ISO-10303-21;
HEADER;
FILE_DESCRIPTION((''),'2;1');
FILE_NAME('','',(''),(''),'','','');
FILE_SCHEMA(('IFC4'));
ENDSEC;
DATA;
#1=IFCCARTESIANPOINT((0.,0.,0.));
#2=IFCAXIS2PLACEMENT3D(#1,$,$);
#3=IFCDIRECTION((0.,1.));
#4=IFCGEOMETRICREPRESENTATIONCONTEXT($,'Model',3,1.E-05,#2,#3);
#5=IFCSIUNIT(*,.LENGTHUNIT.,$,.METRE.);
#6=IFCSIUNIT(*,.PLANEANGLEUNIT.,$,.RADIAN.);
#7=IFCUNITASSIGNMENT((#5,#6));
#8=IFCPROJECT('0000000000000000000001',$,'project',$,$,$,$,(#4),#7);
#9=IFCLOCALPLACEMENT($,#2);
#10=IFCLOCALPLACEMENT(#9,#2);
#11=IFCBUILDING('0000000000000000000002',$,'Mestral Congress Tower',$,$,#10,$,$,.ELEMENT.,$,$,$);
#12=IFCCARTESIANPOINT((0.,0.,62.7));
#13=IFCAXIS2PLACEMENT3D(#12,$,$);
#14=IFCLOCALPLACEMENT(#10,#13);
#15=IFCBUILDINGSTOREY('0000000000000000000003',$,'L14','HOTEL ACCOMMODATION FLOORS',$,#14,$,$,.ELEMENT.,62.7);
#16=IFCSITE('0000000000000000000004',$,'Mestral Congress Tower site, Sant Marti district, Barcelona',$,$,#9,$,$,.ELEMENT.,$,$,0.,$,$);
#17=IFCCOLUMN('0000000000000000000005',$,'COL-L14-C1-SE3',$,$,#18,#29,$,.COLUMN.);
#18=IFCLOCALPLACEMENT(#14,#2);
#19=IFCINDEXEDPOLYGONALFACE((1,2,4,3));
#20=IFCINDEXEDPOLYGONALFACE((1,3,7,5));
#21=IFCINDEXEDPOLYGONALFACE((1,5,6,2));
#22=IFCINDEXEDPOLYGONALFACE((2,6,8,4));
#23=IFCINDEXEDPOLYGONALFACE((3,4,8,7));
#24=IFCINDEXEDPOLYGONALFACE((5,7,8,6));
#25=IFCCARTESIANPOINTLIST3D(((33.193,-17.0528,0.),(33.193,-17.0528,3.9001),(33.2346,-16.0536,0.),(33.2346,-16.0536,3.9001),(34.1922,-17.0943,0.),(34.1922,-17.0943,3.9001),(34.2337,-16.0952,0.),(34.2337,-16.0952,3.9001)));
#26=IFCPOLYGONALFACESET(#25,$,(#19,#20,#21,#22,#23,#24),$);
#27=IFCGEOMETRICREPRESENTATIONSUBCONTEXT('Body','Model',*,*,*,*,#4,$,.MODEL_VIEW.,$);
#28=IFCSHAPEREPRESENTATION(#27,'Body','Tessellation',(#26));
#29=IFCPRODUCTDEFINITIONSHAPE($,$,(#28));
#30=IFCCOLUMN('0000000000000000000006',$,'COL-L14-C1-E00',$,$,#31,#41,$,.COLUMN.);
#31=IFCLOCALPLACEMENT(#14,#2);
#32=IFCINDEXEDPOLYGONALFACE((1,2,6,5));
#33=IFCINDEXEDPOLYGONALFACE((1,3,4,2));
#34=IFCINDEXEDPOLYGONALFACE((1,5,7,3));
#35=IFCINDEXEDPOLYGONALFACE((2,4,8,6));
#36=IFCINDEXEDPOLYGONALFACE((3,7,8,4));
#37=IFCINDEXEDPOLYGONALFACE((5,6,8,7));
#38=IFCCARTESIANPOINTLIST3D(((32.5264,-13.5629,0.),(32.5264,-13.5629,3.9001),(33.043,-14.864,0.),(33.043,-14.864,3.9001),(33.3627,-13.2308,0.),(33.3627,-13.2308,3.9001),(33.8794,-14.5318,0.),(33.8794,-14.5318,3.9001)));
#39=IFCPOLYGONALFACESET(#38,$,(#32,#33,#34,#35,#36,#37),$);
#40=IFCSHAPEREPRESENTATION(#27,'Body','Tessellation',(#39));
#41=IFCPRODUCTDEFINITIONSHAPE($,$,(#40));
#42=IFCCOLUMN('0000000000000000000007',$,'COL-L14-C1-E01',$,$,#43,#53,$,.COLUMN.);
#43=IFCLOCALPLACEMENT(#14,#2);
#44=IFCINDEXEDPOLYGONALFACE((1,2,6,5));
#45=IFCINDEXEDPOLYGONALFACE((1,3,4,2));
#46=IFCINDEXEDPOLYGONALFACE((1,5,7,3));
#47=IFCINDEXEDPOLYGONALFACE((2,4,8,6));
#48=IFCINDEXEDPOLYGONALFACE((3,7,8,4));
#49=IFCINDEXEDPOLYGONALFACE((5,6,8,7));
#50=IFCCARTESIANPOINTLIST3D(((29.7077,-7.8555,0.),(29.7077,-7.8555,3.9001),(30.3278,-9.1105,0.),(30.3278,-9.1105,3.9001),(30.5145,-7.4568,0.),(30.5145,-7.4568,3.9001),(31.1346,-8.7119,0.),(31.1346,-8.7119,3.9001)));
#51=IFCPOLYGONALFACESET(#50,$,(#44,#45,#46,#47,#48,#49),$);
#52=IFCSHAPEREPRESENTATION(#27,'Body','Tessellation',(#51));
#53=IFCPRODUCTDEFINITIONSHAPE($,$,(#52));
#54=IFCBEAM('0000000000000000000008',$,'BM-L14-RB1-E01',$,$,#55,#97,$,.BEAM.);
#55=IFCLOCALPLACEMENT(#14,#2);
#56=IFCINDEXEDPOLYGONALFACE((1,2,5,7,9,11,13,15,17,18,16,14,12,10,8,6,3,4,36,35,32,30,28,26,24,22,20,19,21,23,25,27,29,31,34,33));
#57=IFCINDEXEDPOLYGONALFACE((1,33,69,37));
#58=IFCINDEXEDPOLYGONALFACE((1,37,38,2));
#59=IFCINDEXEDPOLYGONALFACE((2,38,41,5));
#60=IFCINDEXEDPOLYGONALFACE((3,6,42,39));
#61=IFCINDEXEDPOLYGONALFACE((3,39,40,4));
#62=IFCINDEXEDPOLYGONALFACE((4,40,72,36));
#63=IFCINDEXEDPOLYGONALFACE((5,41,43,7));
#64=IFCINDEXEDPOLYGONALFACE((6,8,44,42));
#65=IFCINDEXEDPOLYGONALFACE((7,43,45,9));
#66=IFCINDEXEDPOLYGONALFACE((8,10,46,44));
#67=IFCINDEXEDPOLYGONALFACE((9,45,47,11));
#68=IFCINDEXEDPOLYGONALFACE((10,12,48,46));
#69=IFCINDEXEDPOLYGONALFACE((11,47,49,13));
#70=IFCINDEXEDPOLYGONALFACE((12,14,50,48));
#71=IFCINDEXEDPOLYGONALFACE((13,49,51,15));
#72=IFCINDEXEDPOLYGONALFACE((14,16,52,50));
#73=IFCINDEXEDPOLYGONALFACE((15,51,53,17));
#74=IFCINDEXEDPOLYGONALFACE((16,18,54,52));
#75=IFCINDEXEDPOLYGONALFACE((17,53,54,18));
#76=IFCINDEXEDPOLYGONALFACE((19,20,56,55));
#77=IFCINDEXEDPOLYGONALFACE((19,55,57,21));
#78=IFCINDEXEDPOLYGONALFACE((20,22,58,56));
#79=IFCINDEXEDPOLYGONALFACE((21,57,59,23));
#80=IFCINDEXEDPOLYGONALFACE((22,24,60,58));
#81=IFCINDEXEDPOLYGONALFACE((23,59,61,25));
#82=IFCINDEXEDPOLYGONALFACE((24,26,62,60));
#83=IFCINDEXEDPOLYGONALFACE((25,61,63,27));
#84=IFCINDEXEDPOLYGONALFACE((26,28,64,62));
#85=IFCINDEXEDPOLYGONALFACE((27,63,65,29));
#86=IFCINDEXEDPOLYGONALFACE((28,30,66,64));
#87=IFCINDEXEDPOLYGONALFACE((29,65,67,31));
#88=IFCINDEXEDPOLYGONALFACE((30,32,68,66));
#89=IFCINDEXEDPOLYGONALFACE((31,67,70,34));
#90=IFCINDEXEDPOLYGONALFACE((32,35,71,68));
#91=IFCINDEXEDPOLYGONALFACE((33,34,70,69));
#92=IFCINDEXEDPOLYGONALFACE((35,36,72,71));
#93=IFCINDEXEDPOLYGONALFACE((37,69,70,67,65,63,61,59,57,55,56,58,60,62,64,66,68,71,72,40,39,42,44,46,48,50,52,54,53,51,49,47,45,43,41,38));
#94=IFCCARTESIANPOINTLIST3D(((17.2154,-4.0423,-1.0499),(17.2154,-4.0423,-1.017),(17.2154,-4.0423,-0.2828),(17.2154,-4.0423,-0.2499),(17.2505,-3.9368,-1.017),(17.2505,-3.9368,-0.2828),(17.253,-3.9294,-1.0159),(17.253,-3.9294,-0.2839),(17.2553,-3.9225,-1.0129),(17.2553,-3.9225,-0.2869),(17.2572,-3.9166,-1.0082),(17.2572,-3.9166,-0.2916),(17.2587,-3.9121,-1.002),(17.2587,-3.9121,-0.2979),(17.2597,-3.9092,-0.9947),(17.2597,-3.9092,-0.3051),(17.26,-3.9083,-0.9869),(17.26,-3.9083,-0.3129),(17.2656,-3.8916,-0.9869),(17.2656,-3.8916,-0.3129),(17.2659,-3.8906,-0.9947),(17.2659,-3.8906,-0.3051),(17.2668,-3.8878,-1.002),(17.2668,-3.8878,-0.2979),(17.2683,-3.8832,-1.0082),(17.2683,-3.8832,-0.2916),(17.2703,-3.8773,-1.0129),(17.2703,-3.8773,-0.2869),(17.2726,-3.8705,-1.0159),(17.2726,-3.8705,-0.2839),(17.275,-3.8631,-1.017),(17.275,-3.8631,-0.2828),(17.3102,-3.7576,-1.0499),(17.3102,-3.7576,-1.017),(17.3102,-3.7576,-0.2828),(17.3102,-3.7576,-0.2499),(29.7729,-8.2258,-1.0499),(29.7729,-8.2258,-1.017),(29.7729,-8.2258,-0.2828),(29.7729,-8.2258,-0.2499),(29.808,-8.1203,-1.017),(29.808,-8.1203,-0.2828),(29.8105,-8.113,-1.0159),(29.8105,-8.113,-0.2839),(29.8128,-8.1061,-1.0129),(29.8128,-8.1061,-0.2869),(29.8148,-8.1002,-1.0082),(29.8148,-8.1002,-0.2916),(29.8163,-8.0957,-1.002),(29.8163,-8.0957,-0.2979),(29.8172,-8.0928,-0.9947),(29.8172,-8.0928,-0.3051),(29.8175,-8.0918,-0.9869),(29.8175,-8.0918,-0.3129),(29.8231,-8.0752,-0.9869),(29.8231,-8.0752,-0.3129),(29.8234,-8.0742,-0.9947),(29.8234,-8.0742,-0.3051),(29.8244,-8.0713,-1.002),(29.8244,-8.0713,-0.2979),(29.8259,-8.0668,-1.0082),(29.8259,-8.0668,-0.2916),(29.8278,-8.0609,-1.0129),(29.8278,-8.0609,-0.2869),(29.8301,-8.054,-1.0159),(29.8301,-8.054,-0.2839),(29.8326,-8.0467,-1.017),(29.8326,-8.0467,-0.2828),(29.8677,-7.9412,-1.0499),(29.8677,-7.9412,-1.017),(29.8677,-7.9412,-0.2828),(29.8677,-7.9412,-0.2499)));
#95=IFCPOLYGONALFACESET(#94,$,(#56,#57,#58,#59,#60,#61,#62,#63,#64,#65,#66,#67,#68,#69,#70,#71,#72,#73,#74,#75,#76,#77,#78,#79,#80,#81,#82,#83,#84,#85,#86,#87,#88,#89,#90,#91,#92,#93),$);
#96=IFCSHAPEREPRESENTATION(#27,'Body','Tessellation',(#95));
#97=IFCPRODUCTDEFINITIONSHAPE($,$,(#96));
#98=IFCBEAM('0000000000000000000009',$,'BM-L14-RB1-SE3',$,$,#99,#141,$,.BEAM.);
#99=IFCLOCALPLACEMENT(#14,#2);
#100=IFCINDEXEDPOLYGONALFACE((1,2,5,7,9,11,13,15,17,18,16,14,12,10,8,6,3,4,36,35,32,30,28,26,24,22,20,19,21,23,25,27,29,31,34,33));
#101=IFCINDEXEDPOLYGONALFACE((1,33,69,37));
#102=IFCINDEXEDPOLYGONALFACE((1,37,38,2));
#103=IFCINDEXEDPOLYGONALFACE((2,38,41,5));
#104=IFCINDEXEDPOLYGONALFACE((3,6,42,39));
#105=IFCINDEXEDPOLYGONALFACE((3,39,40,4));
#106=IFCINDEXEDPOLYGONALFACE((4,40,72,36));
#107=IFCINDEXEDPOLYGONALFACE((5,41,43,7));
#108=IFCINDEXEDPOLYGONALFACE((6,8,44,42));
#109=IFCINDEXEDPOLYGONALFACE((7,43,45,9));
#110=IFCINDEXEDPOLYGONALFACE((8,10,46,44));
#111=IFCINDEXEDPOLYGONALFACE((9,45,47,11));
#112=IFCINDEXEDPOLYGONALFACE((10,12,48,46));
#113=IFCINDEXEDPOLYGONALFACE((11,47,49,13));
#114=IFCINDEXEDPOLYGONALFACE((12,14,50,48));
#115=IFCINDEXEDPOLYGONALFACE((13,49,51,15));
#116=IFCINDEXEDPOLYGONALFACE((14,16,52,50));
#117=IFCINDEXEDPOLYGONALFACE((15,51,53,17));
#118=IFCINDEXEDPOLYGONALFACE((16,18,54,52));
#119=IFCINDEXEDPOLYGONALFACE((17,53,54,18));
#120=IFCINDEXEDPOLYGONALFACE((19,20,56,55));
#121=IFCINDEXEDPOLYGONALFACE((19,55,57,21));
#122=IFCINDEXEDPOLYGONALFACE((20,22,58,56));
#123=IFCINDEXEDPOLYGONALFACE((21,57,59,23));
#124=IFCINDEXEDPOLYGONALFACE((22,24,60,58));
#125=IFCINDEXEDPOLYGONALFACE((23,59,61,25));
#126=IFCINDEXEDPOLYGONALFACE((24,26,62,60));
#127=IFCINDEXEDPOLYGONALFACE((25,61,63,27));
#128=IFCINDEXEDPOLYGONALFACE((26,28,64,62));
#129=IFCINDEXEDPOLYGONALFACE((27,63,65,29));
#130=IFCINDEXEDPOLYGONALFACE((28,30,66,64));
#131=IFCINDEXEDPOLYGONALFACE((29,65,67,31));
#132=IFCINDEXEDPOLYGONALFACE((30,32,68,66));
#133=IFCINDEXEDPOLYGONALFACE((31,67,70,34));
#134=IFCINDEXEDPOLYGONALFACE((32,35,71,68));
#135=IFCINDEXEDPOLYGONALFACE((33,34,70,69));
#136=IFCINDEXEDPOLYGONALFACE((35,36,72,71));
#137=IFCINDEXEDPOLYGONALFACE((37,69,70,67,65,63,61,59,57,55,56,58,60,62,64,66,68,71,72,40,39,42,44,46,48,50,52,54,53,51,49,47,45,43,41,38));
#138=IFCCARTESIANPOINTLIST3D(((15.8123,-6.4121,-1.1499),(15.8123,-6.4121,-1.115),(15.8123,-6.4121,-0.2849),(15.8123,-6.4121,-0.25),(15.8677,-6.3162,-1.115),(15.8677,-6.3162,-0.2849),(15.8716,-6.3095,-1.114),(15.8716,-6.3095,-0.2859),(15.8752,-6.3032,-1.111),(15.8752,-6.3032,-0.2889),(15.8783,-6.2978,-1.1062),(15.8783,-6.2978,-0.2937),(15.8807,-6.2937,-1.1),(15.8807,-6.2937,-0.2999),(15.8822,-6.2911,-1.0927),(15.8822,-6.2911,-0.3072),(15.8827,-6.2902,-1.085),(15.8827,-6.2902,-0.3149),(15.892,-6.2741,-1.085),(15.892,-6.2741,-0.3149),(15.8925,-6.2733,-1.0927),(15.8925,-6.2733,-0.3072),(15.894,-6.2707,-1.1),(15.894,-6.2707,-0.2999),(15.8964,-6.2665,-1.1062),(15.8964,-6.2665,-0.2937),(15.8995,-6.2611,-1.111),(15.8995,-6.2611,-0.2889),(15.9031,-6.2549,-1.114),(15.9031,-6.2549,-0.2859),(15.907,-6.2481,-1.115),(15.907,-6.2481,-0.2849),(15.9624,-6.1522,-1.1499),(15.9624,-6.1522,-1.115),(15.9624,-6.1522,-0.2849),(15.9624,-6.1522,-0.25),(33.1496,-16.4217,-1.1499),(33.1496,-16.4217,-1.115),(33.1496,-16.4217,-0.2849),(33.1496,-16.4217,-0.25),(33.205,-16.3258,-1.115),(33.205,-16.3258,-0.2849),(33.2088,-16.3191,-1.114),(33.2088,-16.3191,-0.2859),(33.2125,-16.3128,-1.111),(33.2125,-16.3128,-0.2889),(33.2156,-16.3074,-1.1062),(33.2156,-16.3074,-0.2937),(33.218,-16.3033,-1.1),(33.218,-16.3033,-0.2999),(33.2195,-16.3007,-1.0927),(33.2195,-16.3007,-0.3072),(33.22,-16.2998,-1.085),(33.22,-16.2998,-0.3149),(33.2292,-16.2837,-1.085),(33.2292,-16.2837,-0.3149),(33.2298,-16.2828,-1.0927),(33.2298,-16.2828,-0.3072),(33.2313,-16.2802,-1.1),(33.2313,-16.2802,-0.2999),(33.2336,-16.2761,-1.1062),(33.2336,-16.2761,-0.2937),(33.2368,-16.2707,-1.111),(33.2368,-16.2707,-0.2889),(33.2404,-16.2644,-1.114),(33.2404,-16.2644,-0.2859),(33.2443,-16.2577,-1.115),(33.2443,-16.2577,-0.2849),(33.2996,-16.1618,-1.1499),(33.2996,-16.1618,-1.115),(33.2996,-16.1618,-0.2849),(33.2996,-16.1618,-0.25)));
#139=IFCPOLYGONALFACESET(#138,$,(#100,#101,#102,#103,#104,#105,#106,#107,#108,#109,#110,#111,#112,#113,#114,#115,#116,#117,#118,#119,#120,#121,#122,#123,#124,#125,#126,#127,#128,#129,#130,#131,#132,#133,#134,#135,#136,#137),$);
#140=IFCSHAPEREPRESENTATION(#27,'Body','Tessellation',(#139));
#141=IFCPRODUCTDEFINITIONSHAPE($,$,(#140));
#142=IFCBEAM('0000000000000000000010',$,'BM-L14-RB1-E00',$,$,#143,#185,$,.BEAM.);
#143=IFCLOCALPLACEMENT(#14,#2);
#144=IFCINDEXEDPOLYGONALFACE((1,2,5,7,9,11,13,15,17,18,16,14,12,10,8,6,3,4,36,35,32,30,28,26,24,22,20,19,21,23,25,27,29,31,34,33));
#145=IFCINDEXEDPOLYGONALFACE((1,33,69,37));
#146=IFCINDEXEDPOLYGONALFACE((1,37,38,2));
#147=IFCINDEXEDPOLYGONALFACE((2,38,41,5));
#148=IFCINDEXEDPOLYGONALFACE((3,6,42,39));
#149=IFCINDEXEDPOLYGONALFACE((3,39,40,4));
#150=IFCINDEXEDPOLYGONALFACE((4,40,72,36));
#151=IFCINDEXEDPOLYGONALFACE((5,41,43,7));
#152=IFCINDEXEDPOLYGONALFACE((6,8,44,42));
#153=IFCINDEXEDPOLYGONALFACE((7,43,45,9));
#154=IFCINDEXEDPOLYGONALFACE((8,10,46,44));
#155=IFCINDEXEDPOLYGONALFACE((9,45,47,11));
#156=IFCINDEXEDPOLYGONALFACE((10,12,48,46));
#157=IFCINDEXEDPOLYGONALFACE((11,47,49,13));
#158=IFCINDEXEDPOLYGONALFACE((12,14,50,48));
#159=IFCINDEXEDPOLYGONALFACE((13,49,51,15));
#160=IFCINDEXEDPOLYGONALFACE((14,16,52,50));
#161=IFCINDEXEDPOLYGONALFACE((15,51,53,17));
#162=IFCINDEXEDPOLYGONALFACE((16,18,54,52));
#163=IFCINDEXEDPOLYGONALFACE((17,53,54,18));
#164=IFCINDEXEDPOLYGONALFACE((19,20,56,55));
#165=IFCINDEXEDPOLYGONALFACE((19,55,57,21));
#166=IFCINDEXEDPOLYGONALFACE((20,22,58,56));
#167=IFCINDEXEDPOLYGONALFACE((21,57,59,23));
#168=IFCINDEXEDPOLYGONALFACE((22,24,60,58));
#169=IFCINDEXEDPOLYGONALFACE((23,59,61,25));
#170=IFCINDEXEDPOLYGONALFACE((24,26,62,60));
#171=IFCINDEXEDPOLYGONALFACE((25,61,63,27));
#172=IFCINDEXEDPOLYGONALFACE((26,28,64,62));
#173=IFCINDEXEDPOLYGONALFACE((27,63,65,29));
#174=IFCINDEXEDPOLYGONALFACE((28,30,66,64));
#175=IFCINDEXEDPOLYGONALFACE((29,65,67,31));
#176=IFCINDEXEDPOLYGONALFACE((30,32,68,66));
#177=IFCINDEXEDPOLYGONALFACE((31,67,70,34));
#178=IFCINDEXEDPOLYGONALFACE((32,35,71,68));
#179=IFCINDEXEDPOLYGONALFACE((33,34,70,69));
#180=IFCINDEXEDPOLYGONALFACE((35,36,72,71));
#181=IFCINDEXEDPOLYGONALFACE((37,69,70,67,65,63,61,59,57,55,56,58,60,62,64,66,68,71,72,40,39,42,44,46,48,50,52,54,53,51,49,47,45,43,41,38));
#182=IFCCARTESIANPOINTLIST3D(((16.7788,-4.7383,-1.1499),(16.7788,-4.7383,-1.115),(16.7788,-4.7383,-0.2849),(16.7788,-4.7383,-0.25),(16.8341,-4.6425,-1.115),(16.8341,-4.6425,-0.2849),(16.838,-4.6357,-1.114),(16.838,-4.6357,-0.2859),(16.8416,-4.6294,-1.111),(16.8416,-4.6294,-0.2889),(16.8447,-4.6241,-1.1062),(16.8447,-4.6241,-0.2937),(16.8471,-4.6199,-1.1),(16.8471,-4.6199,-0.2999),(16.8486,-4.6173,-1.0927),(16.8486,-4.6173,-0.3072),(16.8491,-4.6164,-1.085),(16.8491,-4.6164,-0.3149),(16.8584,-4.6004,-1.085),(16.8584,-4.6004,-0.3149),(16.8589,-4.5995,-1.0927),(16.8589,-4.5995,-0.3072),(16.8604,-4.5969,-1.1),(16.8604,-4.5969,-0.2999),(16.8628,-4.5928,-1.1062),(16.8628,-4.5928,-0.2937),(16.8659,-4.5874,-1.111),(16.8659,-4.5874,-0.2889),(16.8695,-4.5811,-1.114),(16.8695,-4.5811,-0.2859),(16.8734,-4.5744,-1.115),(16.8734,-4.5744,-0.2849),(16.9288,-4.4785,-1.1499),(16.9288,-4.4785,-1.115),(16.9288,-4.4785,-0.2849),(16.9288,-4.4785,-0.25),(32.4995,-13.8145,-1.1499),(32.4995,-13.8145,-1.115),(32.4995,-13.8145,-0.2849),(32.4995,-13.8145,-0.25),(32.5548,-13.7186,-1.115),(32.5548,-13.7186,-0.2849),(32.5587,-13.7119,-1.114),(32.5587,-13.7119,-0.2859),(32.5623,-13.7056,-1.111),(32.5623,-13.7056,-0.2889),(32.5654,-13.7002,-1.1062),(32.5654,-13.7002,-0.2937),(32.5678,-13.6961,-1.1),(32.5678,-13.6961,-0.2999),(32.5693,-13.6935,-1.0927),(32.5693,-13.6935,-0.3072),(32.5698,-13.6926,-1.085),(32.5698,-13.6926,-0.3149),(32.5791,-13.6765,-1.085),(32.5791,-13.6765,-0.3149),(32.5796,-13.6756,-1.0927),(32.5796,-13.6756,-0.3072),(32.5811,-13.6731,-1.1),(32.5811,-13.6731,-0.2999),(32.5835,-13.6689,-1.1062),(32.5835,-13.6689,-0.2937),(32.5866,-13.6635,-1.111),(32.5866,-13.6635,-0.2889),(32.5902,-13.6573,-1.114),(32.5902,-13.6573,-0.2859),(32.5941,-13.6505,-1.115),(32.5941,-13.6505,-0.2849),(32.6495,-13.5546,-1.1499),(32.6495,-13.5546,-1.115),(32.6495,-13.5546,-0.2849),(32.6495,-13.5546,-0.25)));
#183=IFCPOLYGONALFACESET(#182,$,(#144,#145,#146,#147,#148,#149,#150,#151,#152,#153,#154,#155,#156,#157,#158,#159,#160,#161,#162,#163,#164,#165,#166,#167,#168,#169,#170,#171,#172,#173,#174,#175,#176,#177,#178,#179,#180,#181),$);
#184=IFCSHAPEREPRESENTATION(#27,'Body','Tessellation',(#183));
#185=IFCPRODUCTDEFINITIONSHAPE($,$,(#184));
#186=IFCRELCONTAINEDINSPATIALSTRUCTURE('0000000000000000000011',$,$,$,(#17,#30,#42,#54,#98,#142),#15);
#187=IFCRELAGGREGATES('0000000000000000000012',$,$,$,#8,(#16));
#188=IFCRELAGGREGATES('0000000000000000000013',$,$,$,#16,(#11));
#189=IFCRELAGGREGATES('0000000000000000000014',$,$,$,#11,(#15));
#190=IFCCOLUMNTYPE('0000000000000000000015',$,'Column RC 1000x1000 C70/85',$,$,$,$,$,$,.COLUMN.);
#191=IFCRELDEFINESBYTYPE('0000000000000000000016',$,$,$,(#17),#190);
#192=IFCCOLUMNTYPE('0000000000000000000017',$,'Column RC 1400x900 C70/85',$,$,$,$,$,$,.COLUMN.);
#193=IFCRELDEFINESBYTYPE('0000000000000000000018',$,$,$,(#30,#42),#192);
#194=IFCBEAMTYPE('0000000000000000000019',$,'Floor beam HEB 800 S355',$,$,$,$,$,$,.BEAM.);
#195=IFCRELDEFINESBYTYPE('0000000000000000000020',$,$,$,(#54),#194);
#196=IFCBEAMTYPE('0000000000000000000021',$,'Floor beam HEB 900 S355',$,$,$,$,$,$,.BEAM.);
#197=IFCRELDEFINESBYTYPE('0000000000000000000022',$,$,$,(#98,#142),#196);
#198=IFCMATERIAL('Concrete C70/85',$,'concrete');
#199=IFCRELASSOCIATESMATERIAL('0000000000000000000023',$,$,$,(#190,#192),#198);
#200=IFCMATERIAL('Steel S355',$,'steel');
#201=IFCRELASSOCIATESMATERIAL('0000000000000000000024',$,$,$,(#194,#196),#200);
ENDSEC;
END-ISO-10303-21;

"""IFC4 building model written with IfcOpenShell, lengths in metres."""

from ifc_helpers import new_model, si_unit, direction, frame, origin, origin_2d, place, context, subcontext, project, spatial, rectangle, i_section, extrude, material, material_profile, profile_set, type_object, element, save


model = new_model("IFC4")

# Units and contexts
model_context = context("Model", 3, precision=1e-05, world=origin(), true_north=direction((0.0, 1.0)))
body_context = subcontext(model_context, "Body", "Model", "MODEL_VIEW")
ifc_project = project(units=[si_unit("LENGTHUNIT", "METRE"), si_unit("PLANEANGLEUNIT", "RADIAN")], contexts=[model_context])

# Site, building, storey
site_placement = place(None, origin())
site = spatial("IfcSite", under=ifc_project, at=site_placement, Name="Mestral Congress Tower site, Sant Marti district, Barcelona", CompositionType="ELEMENT", RefElevation=0.0)
building_placement = place(site_placement, origin())
building = spatial("IfcBuilding", under=site, at=building_placement, Name="Mestral Congress Tower", CompositionType="ELEMENT")
storey_placement = place(building_placement, frame((0.0, 0.0, 62.7)))
storey = spatial("IfcBuildingStorey", under=building, at=storey_placement, Name="L14", Description="HOTEL ACCOMMODATION FLOORS", CompositionType="ELEMENT", Elevation=62.7)

# Columns
ifc_material_1 = material(Name="Concrete C70/85", Category="concrete")
ifc_material_profile_1 = material_profile(ifc_material_1, rectangle(XDim=1.0, YDim=1.0, at=origin_2d()), Name="RC 1000x1000")
ifc_profile_set_1 = profile_set([ifc_material_profile_1], Name="Concrete C70/85")
column_type_1 = type_object("IfcColumnType", Name="Column RC 1000x1000 C70/85", PredefinedType="COLUMN", material=ifc_profile_set_1)
column_placement = place(storey_placement, frame((33.7134, -16.574, 0.0), z_axis=(0.0, 0.0, 1.0), x_axis=(0.041583, 0.999135, 0.0)))
element("IfcColumn", 1, at=column_placement, inside=storey, type_object=column_type_1, Name="COL-L14-C1-SE3", PredefinedType="COLUMN", context=body_context, shape_type="SweptSolid", body=[
    extrude(rectangle(XDim=1.0, YDim=1.0, at=origin_2d()), origin(), (0.0, 0.0, 1.0), 3.9001),
])
ifc_material_profile_2 = material_profile(ifc_material_1, rectangle(XDim=1.3999, YDim=0.8999, at=origin_2d()), Name="RC 1400x900")
ifc_profile_set_2 = profile_set([ifc_material_profile_2], Name="Concrete C70/85")
column_type_2 = type_object("IfcColumnType", Name="Column RC 1400x900 C70/85", PredefinedType="COLUMN", material=ifc_profile_set_2)
for number, where, z_axis, x_axis, name in (
    (2, (33.2029, -14.0474, 0.0), (0.0, 0.0, 1.0), (-0.36909, 0.929394, 0.0), "COL-L14-C1-E00"),
    (3, (30.4211, -8.2837, 0.0), (0.0, 0.0, 1.0), (-0.442959, 0.896542, 0.0), "COL-L14-C1-E01"),
):
    element("IfcColumn", number, at=place(storey_placement, frame(where, z_axis=z_axis, x_axis=x_axis)), inside=storey, type_object=column_type_2, Name=name, PredefinedType="COLUMN", context=body_context, shape_type="SweptSolid", body=[
        extrude(rectangle(XDim=1.3999, YDim=0.8999, at=origin_2d()), origin(), (0.0, 0.0, 1.0), 3.9001),
    ])

# Beams
ifc_material_2 = material(Name="Steel S355", Category="steel")
ifc_material_profile_3 = material_profile(ifc_material_2, i_section(OverallWidth=0.3, OverallDepth=0.8, WebThickness=0.0176, FlangeThickness=0.033, FilletRadius=0.03, at=origin_2d()), Name="HEB 800")
ifc_profile_set_3 = profile_set([ifc_material_profile_3], Name="Steel S355")
beam_type_1 = type_object("IfcBeamType", Name="Floor beam HEB 800 S355", PredefinedType="BEAM", material=ifc_profile_set_3)
beam_1_placement = place(storey_placement, frame((29.8203, -8.0835, -0.6499), z_axis=(-0.948735, 0.316073, 0.0), x_axis=(-0.316073, -0.948735, 0.0)))
element("IfcBeam", 4, at=beam_1_placement, inside=storey, type_object=beam_type_1, Name="BM-L14-RB1-E01", PredefinedType="BEAM", context=body_context, shape_type="SweptSolid", body=[
    extrude(i_section(OverallWidth=0.3, OverallDepth=0.8, WebThickness=0.0176, FlangeThickness=0.033, FilletRadius=0.03, at=origin_2d()), origin(), (0.0, 0.0, 1.0), 13.2361),
])
ifc_material_profile_4 = material_profile(ifc_material_2, i_section(OverallWidth=0.3, OverallDepth=0.8999, WebThickness=0.0186, FlangeThickness=0.0349, FilletRadius=0.03, at=origin_2d()), Name="HEB 900")
ifc_profile_set_4 = profile_set([ifc_material_profile_4], Name="Steel S355")
beam_type_2 = type_object("IfcBeamType", Name="Floor beam HEB 900 S355", PredefinedType="BEAM", material=ifc_profile_set_4)
beam_2_placement = place(storey_placement, frame((33.2246, -16.2917, -0.7), z_axis=(-0.866027, 0.499997, 0.0), x_axis=(-0.499997, -0.866027, 0.0)))
element("IfcBeam", 5, at=beam_2_placement, inside=storey, type_object=beam_type_2, Name="BM-L14-RB1-SE3", PredefinedType="BEAM", context=body_context, shape_type="SweptSolid", body=[
    extrude(i_section(OverallWidth=0.3, OverallDepth=0.8999, WebThickness=0.0186, FlangeThickness=0.0349, FilletRadius=0.03, at=origin_2d()), origin(), (0.0, 0.0, 1.0), 20.0193),
])
beam_3_placement = place(storey_placement, frame((32.5745, -13.6846, -0.7), z_axis=(-0.86603, 0.499993, 0.0), x_axis=(-0.499993, -0.86603, 0.0)))
element("IfcBeam", 6, at=beam_3_placement, inside=storey, type_object=beam_type_2, Name="BM-L14-RB1-E00", PredefinedType="BEAM", context=body_context, shape_type="SweptSolid", body=[
    extrude(i_section(OverallWidth=0.3, OverallDepth=0.8999, WebThickness=0.0186, FlangeThickness=0.0349, FilletRadius=0.03, at=origin_2d()), origin(), (0.0, 0.0, 1.0), 18.1526),
])

save(model, "model.ifc")
